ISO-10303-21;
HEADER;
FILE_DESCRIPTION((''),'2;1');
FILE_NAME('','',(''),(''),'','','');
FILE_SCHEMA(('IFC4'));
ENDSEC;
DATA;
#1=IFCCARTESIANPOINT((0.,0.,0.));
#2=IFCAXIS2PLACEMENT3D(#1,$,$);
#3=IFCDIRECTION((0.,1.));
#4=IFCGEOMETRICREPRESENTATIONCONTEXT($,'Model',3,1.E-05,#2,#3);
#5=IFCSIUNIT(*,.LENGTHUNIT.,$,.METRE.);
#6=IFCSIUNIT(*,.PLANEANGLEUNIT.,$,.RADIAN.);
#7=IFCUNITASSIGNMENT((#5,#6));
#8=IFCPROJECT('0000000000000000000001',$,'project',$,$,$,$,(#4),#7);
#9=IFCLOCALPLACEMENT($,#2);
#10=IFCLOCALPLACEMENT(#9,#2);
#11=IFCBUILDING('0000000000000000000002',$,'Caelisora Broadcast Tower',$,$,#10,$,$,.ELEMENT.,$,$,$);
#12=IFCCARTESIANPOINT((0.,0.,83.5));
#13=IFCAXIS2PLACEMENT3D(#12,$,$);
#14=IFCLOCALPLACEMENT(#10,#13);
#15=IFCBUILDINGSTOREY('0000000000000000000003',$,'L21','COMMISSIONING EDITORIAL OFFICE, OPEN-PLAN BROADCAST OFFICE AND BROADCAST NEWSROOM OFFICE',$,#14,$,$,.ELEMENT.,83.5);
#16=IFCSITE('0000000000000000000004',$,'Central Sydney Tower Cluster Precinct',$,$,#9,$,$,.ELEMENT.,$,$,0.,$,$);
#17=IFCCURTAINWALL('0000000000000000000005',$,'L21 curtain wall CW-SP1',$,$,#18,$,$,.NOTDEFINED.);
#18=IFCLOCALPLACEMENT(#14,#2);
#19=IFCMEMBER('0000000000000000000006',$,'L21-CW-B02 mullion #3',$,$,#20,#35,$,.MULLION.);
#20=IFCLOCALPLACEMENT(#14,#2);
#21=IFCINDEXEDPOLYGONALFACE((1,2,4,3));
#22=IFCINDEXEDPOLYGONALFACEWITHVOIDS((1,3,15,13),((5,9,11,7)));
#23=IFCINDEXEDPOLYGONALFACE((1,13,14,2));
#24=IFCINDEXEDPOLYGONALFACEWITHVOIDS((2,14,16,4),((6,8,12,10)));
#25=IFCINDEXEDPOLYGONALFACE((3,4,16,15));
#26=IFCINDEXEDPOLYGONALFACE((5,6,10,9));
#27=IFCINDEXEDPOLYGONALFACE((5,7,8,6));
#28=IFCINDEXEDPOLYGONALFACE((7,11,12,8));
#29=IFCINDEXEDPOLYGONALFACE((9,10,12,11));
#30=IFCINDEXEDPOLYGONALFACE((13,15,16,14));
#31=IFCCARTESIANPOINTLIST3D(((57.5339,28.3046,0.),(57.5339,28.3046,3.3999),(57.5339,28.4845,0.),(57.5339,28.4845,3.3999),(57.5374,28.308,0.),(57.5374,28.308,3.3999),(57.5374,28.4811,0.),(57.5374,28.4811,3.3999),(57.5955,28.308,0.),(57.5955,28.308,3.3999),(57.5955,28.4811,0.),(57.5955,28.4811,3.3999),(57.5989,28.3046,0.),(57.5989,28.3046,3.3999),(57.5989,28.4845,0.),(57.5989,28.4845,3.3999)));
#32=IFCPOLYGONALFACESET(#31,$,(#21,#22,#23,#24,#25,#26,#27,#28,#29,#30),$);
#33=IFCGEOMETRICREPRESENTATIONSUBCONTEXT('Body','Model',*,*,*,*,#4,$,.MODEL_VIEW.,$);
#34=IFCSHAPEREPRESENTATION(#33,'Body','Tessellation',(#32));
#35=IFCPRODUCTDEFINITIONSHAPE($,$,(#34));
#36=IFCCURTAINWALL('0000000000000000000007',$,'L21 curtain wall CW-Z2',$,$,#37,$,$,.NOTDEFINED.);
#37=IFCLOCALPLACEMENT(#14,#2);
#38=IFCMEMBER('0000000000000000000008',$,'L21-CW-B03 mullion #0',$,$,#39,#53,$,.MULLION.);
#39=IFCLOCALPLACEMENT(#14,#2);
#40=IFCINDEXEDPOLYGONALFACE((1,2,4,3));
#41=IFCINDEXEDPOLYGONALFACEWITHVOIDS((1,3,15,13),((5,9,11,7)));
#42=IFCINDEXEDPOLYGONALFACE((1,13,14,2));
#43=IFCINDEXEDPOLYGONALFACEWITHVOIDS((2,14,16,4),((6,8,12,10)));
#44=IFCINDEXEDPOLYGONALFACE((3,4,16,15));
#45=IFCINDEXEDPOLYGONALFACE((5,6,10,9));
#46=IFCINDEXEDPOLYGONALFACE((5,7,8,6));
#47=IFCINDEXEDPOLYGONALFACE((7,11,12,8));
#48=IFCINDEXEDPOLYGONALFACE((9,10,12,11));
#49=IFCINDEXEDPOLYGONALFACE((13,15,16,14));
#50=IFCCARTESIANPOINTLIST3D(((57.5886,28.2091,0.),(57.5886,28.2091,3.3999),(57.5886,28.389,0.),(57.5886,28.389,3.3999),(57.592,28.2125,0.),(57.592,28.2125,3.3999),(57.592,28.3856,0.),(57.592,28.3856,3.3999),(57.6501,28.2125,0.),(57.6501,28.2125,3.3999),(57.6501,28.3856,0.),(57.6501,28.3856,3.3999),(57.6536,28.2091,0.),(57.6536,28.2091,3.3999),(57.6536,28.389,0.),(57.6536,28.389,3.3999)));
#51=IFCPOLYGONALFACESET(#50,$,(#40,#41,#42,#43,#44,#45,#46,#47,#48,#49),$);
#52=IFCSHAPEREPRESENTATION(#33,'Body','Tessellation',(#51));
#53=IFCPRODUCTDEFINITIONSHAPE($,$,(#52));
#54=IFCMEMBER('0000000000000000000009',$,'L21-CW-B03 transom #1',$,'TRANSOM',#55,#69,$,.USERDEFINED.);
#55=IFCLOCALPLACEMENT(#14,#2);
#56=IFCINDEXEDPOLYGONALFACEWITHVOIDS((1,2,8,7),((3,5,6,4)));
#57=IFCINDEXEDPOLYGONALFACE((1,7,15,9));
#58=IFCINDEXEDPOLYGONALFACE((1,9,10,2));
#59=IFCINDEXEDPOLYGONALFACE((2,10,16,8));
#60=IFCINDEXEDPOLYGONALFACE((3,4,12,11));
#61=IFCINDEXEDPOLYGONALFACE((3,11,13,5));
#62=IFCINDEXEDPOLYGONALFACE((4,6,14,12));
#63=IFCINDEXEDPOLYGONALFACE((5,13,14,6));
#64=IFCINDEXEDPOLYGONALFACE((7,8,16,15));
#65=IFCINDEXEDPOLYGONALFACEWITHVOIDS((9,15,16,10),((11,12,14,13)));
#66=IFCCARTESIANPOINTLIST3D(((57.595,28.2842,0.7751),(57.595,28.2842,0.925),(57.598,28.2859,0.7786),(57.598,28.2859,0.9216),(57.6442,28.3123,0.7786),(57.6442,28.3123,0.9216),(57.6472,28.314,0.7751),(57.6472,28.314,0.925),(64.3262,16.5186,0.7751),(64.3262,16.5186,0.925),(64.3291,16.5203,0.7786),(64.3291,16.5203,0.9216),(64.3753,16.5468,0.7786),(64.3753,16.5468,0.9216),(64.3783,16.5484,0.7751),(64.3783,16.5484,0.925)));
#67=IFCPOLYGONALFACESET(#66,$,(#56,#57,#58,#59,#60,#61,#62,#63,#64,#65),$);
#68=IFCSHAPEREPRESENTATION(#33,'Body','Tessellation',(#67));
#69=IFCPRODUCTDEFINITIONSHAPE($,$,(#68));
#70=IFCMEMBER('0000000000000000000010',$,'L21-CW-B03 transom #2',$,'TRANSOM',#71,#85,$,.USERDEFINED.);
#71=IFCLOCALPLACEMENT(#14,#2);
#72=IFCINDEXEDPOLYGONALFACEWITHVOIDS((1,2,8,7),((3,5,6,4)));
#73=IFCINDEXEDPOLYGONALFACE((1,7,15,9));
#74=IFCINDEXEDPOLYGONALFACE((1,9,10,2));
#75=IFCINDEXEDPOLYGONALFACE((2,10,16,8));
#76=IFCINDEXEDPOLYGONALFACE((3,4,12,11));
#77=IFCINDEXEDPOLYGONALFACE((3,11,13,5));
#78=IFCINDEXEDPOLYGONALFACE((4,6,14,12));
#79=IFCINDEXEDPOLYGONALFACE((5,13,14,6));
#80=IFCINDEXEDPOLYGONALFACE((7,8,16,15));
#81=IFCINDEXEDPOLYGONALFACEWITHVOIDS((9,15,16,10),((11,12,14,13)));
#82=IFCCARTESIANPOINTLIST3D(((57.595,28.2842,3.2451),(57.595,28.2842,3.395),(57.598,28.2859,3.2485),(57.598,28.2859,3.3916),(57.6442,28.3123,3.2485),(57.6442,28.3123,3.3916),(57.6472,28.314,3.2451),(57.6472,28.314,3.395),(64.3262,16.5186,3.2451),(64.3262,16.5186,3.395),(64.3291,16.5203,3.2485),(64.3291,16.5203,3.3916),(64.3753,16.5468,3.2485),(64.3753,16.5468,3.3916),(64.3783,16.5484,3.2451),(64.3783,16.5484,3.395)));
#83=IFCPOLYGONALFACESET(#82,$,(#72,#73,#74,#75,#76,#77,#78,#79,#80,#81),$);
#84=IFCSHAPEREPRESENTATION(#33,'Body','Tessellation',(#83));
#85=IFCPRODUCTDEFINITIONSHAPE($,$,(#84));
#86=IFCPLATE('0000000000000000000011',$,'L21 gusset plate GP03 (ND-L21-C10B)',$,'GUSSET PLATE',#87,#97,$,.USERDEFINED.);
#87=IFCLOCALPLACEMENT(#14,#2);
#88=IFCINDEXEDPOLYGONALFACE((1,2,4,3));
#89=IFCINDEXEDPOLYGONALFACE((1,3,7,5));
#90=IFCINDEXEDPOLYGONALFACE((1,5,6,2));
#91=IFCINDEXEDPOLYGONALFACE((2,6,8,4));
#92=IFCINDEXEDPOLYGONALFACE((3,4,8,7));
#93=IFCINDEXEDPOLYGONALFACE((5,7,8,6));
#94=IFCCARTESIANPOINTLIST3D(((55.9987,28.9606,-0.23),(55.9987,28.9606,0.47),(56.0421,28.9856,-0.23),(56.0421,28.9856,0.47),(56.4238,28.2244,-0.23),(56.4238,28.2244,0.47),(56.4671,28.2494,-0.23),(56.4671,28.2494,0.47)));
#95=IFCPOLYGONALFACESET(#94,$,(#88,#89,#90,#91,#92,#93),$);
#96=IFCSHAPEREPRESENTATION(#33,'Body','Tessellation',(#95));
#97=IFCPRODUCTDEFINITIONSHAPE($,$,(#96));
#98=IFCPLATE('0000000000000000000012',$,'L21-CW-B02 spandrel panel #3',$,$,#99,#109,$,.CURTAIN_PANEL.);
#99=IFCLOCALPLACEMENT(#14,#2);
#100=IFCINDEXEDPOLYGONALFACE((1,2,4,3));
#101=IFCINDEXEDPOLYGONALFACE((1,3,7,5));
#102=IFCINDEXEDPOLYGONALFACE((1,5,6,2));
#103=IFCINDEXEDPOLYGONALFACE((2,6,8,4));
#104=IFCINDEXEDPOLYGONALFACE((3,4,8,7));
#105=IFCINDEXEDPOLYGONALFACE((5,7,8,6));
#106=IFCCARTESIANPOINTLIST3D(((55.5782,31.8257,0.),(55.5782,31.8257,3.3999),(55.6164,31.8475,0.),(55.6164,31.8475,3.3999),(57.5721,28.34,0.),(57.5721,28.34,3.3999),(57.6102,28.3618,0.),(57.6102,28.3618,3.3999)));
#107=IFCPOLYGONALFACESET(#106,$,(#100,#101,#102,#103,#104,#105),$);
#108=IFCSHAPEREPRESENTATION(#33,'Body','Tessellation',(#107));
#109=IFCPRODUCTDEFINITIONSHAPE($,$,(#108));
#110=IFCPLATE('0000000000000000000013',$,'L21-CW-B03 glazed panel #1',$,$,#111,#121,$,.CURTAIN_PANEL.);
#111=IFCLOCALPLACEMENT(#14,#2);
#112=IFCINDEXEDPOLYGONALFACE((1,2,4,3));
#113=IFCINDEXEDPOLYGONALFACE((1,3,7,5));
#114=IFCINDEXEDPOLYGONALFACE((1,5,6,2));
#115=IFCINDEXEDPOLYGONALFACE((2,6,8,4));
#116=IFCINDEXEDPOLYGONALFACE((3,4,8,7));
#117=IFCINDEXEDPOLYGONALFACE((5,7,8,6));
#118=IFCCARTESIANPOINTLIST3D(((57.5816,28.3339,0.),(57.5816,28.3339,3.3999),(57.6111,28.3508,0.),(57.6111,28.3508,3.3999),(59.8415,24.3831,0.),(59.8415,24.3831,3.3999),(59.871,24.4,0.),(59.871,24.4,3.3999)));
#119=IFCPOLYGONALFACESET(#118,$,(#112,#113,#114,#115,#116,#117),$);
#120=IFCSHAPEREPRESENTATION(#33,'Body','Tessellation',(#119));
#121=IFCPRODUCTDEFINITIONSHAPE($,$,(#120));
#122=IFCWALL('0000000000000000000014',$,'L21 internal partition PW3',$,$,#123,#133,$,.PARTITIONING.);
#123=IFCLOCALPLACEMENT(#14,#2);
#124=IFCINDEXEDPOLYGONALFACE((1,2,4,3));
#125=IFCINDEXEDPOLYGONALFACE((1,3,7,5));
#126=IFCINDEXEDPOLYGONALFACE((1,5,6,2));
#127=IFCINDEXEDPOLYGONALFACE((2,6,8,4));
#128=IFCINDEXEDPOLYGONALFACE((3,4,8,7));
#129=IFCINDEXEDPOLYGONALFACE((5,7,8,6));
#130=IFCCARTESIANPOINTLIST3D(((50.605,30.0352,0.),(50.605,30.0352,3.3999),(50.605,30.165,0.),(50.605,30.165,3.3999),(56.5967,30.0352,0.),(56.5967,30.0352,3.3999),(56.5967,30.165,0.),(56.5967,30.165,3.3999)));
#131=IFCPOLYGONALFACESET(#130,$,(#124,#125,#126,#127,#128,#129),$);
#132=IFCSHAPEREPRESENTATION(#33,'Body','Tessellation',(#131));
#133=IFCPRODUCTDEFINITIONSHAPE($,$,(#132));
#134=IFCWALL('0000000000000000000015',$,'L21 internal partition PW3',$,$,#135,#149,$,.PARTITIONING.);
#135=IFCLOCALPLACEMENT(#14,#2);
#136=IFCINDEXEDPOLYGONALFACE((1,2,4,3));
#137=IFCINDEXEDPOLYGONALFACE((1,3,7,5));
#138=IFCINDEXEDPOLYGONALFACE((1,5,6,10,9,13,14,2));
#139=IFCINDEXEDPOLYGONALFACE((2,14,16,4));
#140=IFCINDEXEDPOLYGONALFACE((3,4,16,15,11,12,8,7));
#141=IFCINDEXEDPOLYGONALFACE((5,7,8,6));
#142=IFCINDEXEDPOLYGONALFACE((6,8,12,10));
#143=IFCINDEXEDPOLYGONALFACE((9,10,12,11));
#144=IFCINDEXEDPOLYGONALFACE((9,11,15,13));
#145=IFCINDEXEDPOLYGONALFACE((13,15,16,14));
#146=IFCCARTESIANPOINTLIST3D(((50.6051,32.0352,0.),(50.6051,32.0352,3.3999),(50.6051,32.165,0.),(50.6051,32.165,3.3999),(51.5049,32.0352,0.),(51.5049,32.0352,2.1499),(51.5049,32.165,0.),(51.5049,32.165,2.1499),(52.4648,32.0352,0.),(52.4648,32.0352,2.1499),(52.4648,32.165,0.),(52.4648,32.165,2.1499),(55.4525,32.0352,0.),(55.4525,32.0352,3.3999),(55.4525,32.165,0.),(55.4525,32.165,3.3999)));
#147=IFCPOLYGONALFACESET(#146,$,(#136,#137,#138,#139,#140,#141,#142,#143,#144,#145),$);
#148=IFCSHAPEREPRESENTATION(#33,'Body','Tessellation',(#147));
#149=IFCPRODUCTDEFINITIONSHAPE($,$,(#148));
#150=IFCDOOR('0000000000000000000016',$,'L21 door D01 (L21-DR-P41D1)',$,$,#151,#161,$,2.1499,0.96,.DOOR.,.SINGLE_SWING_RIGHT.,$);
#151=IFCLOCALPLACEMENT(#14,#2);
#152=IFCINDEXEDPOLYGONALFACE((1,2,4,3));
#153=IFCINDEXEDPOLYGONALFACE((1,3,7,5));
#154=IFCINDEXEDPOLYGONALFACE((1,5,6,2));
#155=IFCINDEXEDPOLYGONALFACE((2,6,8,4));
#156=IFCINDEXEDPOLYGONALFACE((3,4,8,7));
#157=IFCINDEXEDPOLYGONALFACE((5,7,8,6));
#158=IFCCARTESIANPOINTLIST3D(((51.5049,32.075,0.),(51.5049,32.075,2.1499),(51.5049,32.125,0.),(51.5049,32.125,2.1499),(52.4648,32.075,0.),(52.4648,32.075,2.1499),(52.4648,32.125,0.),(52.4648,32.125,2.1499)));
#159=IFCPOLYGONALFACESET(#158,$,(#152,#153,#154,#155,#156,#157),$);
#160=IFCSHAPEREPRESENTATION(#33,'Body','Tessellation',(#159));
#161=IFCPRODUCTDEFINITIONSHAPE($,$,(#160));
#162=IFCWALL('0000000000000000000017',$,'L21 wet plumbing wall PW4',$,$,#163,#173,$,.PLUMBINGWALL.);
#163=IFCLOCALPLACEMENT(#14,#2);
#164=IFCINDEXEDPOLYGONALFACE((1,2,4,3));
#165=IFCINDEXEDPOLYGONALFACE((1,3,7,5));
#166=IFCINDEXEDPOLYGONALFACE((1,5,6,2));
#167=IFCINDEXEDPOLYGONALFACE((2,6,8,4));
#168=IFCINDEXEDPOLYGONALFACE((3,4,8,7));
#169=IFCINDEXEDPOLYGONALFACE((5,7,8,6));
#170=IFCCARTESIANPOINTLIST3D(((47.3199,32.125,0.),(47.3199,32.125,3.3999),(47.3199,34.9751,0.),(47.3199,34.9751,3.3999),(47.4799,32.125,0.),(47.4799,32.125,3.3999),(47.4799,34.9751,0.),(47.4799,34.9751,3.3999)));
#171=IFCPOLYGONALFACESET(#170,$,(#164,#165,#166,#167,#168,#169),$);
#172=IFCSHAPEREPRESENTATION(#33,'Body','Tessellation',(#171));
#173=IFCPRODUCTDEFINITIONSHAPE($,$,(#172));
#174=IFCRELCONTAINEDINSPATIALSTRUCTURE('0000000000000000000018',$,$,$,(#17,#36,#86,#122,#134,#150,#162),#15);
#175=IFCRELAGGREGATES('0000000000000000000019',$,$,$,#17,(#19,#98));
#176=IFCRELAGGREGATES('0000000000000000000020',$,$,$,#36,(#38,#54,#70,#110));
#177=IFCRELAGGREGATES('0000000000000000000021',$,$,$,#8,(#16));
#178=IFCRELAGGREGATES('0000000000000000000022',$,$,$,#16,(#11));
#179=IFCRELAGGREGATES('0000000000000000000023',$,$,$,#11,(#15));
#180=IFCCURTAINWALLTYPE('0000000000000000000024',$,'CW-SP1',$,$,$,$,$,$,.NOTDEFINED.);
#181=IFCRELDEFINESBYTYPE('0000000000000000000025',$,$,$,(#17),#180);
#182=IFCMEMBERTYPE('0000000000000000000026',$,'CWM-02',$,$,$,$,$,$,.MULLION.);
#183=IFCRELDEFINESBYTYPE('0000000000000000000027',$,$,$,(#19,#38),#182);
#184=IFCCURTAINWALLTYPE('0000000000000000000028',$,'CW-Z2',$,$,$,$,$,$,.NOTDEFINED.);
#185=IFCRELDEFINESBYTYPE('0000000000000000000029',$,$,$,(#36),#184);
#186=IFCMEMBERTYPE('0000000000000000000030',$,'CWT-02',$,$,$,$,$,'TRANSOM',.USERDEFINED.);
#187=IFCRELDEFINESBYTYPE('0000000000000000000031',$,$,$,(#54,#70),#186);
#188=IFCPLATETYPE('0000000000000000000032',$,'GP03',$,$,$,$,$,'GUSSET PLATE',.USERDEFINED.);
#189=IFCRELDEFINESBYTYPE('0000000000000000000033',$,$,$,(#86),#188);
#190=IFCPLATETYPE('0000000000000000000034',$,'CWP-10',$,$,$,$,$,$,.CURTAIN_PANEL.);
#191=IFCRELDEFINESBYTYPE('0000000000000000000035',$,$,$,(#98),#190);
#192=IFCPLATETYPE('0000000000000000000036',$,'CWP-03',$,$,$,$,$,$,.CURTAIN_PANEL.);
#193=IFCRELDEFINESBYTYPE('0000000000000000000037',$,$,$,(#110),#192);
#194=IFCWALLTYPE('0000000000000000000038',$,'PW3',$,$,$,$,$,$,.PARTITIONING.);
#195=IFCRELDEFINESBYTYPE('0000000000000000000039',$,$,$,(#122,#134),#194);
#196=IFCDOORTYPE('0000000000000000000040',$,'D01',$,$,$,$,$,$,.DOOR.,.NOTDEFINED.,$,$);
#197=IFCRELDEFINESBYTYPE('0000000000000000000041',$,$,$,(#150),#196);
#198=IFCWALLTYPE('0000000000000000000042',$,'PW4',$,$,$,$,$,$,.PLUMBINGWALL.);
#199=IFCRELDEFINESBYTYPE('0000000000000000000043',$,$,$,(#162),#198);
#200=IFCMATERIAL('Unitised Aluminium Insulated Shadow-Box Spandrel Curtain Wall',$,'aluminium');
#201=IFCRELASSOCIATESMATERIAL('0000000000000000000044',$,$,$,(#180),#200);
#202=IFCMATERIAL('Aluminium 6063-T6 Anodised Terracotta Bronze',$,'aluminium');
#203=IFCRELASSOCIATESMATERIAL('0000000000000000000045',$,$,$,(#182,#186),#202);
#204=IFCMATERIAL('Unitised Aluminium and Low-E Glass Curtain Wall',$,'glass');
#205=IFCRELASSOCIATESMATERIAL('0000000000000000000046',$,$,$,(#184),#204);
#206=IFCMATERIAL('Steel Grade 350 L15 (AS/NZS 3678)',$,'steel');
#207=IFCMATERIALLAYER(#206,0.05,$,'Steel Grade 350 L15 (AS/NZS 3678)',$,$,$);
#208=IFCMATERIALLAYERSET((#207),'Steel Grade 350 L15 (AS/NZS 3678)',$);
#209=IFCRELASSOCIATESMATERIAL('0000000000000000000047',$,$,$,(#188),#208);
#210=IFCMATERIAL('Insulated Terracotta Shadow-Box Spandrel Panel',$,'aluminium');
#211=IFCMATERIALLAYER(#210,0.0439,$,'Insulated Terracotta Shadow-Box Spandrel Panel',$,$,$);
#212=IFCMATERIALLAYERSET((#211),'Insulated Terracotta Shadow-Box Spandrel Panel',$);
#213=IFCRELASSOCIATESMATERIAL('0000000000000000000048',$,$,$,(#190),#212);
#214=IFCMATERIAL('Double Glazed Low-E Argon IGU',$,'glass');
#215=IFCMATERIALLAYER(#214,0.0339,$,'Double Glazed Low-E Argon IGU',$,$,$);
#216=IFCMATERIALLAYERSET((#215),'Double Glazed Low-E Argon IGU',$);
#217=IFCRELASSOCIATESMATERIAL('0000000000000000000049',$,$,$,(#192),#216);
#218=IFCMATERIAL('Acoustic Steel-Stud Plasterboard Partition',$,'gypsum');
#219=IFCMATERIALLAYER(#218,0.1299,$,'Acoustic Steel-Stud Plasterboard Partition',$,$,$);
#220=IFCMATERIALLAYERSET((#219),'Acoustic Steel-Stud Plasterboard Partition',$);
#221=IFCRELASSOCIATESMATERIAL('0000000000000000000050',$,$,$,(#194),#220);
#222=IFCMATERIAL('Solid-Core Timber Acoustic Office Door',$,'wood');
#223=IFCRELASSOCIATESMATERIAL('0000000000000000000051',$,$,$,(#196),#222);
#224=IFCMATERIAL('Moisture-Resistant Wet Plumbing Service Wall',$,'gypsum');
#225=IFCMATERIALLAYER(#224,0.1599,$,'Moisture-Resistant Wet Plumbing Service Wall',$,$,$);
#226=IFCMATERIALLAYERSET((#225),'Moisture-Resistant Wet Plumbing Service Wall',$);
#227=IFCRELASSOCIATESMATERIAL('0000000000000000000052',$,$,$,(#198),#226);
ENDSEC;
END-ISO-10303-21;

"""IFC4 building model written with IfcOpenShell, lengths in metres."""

from ifc_helpers import new_model, si_unit, direction, frame, frame_2d, origin, origin_2d, place, context, subcontext, project, spatial, rectangle, hollow_rectangle, extrude, source, transform, mapped, material, layer, layer_set, material_profile, profile_set, type_object, type_shapes, element, fill, aggregate, save


model = new_model("IFC4")

# Units and contexts
model_context = context("Model", 3, precision=1e-05, world=origin(), true_north=direction((0.0, 1.0)))
body_context = subcontext(model_context, "Body", "Model", "MODEL_VIEW")
ifc_project = project(units=[si_unit("LENGTHUNIT", "METRE"), si_unit("PLANEANGLEUNIT", "RADIAN")], contexts=[model_context])

# Site, building, storey
site_placement = place(None, origin())
site = spatial("IfcSite", under=ifc_project, at=site_placement, Name="Central Sydney Tower Cluster Precinct", CompositionType="ELEMENT", RefElevation=0.0)
building_placement = place(site_placement, origin())
building = spatial("IfcBuilding", under=site, at=building_placement, Name="Caelisora Broadcast Tower", CompositionType="ELEMENT")
storey_placement = place(building_placement, frame((0.0, 0.0, 83.5)))
storey = spatial("IfcBuildingStorey", under=building, at=storey_placement, Name="L21", Description="COMMISSIONING EDITORIAL OFFICE, OPEN-PLAN BROADCAST OFFICE AND BROADCAST NEWSROOM OFFICE", CompositionType="ELEMENT", Elevation=83.5)

# Shared definitions
ifc_material_1 = material(Name="Steel Grade 350 L15 (AS/NZS 3678)", Category="steel")

# Curtain walls, members
ifc_material_2 = material(Name="Unitised Aluminium Insulated Shadow-Box Spandrel Curtain Wall", Category="aluminium")
curtain_wall_type_1 = type_object("IfcCurtainWallType", Name="CW-SP1", PredefinedType="NOTDEFINED", material=ifc_material_2)
curtain_wall_1_placement = place(storey_placement, origin())
curtain_wall_1 = element("IfcCurtainWall", 1, at=curtain_wall_1_placement, inside=storey, type_object=curtain_wall_type_1, Name="L21 curtain wall CW-SP1", PredefinedType="NOTDEFINED")
ifc_material_3 = material(Name="Aluminium 6063-T6 Anodised Terracotta Bronze", Category="aluminium")
ifc_material_profile_1 = material_profile(ifc_material_3, hollow_rectangle(XDim=0.0649, YDim=0.1799, WallThickness=0.0034, at=origin_2d()), Name="Aluminium 6063-T6 Anodised Terracotta Bronze")
ifc_profile_set_1 = profile_set([ifc_material_profile_1], Name="Aluminium 6063-T6 Anodised Terracotta Bronze")
member_type_1 = type_object("IfcMemberType", Name="CWM-02", PredefinedType="MULLION", material=ifc_profile_set_1)
shared_shape_1 = source(origin(), body_context, "Body", "SweptSolid", [
    extrude(hollow_rectangle(XDim=0.0649, YDim=0.1799, WallThickness=0.0034, at=origin_2d()), origin(), (0.0, 0.0, 1.0), 3.3999),
])
type_shapes(member_type_1, [shared_shape_1])
member_1_placement = place(storey_placement, frame((57.5664, 28.3945, 0.0), z_axis=(0.0, 0.0, 1.0), x_axis=(1.0, 0.0, 0.0)))
member_1 = element("IfcMember", 2, at=member_1_placement, type_object=member_type_1, Name="L21-CW-B02 mullion #3", PredefinedType="MULLION", context=body_context, shape_type="MappedRepresentation", body=[
    mapped(shared_shape_1, transform((0.0, 0.0, 0.0), scale=1.0)),
])
ifc_material_4 = material(Name="Unitised Aluminium and Low-E Glass Curtain Wall", Category="glass")
curtain_wall_type_2 = type_object("IfcCurtainWallType", Name="CW-Z2", PredefinedType="NOTDEFINED", material=ifc_material_4)
curtain_wall_2_placement = place(storey_placement, origin())
curtain_wall_2 = element("IfcCurtainWall", 3, at=curtain_wall_2_placement, inside=storey, type_object=curtain_wall_type_2, Name="L21 curtain wall CW-Z2", PredefinedType="NOTDEFINED")
member_2_placement = place(storey_placement, frame((57.6211, 28.2991, 0.0), z_axis=(0.0, 0.0, 1.0), x_axis=(1.0, 0.0, 0.0)))
member_2 = element("IfcMember", 4, at=member_2_placement, type_object=member_type_1, Name="L21-CW-B03 mullion #0", PredefinedType="MULLION", context=body_context, shape_type="MappedRepresentation", body=[
    mapped(shared_shape_1, transform((0.0, 0.0, 0.0), scale=1.0)),
])
ifc_material_profile_2 = material_profile(ifc_material_3, hollow_rectangle(XDim=0.0601, YDim=0.1499, WallThickness=0.0034, at=origin_2d()), Name="Aluminium 6063-T6 Anodised Terracotta Bronze")
ifc_profile_set_2 = profile_set([ifc_material_profile_2], Name="Aluminium 6063-T6 Anodised Terracotta Bronze")
member_type_2 = type_object("IfcMemberType", Name="CWT-02", ElementType="TRANSOM", PredefinedType="USERDEFINED", material=ifc_profile_set_2)
shared_shape_2 = source(origin(), body_context, "Body", "SweptSolid", [
    extrude(hollow_rectangle(XDim=0.0601, YDim=0.1499, WallThickness=0.0034, at=origin_2d()), origin(), (0.0, 0.0, 1.0), 13.5549),
])
type_shapes(member_type_2, [shared_shape_2])
member_3_placement = place(storey_placement, frame((57.6211, 28.2991, 0.8501), z_axis=(0.496583, -0.867989, 0.0), x_axis=(0.867989, 0.496583, 0.0)))
member_3 = element("IfcMember", 5, at=member_3_placement, type_object=member_type_2, Name="L21-CW-B03 transom #1", ObjectType="TRANSOM", PredefinedType="USERDEFINED", context=body_context, shape_type="MappedRepresentation", body=[
    mapped(shared_shape_2, transform((0.0, 0.0, 0.0), scale=1.0)),
])
member_4_placement = place(storey_placement, frame((57.6211, 28.2991, 3.3201), z_axis=(0.496583, -0.867989, 0.0), x_axis=(0.867989, 0.496583, 0.0)))
member_4 = element("IfcMember", 6, at=member_4_placement, type_object=member_type_2, Name="L21-CW-B03 transom #2", ObjectType="TRANSOM", PredefinedType="USERDEFINED", context=body_context, shape_type="MappedRepresentation", body=[
    mapped(shared_shape_2, transform((0.0, 0.0, 0.0), scale=1.0)),
])

# Plates
ifc_layer_1 = layer(ifc_material_1, 0.05, Name="Steel Grade 350 L15 (AS/NZS 3678)")
ifc_layer_set_1 = layer_set([ifc_layer_1], Name="Steel Grade 350 L15 (AS/NZS 3678)")
plate_type_1 = type_object("IfcPlateType", Name="GP03", ElementType="GUSSET PLATE", PredefinedType="USERDEFINED", material=ifc_layer_set_1)
shared_shape_3 = source(origin(), body_context, "Body", "SweptSolid", [
    extrude(rectangle(XDim=0.8501, YDim=0.05, at=origin_2d()), origin(), (0.0, 0.0, 1.0), 0.7),
])
type_shapes(plate_type_1, [shared_shape_3])
plate_1_placement = place(storey_placement, frame((56.2329, 28.605, -0.23), z_axis=(0.0, 0.0, 1.0), x_axis=(-0.5, 0.866025, 0.0)))
element("IfcPlate", 7, at=plate_1_placement, inside=storey, type_object=plate_type_1, Name="L21 gusset plate GP03 (ND-L21-C10B)", ObjectType="GUSSET PLATE", PredefinedType="USERDEFINED", context=body_context, shape_type="MappedRepresentation", body=[
    mapped(shared_shape_3, transform((0.0, 0.0, 0.0), scale=1.0)),
])
ifc_material_5 = material(Name="Insulated Terracotta Shadow-Box Spandrel Panel", Category="aluminium")
ifc_layer_2 = layer(ifc_material_5, 0.0439, Name="Insulated Terracotta Shadow-Box Spandrel Panel")
ifc_layer_set_2 = layer_set([ifc_layer_2], Name="Insulated Terracotta Shadow-Box Spandrel Panel")
plate_type_2 = type_object("IfcPlateType", Name="CWP-10", PredefinedType="CURTAIN_PANEL", material=ifc_layer_set_2)
shared_shape_4 = source(origin(), body_context, "Body", "SweptSolid", [
    extrude(rectangle(XDim=4.0156, YDim=0.0439, at=origin_2d()), origin(), (0.0, 0.0, 1.0), 3.3999),
])
type_shapes(plate_type_2, [shared_shape_4])
plate_2_placement = place(storey_placement, frame((56.5942, 30.0938, 0.0), z_axis=(0.0, 0.0, 1.0), x_axis=(0.49652, -0.868026, 0.0)))
plate_2 = element("IfcPlate", 8, at=plate_2_placement, type_object=plate_type_2, Name="L21-CW-B02 spandrel panel #3", PredefinedType="CURTAIN_PANEL", context=body_context, shape_type="MappedRepresentation", body=[
    mapped(shared_shape_4, transform((0.0, 0.0, 0.0), scale=1.0)),
])
aggregate(curtain_wall_1, [member_1, plate_2])
ifc_material_6 = material(Name="Double Glazed Low-E Argon IGU", Category="glass")
ifc_layer_3 = layer(ifc_material_6, 0.0339, Name="Double Glazed Low-E Argon IGU")
ifc_layer_set_3 = layer_set([ifc_layer_3], Name="Double Glazed Low-E Argon IGU")
plate_type_3 = type_object("IfcPlateType", Name="CWP-03", PredefinedType="CURTAIN_PANEL", material=ifc_layer_set_3)
shared_shape_5 = source(origin(), body_context, "Body", "SweptSolid", [
    extrude(rectangle(XDim=4.5515, YDim=0.0339, at=origin_2d()), origin(), (0.0, 0.0, 1.0), 3.3999),
])
type_shapes(plate_type_3, [shared_shape_5])
plate_3_placement = place(storey_placement, frame((58.7263, 26.3669, 0.0), z_axis=(0.0, 0.0, 1.0), x_axis=(0.49652, -0.868026, 0.0)))
plate_3 = element("IfcPlate", 9, at=plate_3_placement, type_object=plate_type_3, Name="L21-CW-B03 glazed panel #1", PredefinedType="CURTAIN_PANEL", context=body_context, shape_type="MappedRepresentation", body=[
    mapped(shared_shape_5, transform((0.0, 0.0, 0.0), scale=1.0)),
])
aggregate(curtain_wall_2, [member_2, member_3, member_4, plate_3])

# Wall
ifc_material_7 = material(Name="Acoustic Steel-Stud Plasterboard Partition", Category="gypsum")
ifc_layer_4 = layer(ifc_material_7, 0.1299, Name="Acoustic Steel-Stud Plasterboard Partition")
ifc_layer_set_4 = layer_set([ifc_layer_4], Name="Acoustic Steel-Stud Plasterboard Partition")
wall_type_1 = type_object("IfcWallType", Name="PW3", PredefinedType="PARTITIONING", material=ifc_layer_set_4)
wall_1_placement = place(storey_placement, frame((50.605, 30.1001, 0.0), z_axis=(0.0, 0.0, 1.0), x_axis=(1.0, 0.0, 0.0)))
element("IfcWall", 10, at=wall_1_placement, inside=storey, type_object=wall_type_1, Name="L21 internal partition PW3", PredefinedType="PARTITIONING", context=body_context, shape_type="SweptSolid", body=[
    extrude(rectangle(XDim=5.9917, YDim=0.1299, at=frame_2d((2.9958, 0.0))), origin(), (0.0, 0.0, 1.0), 3.3999),
])

# Wall, opening, door
wall_2_placement = place(storey_placement, frame((50.605, 32.1001, 0.0), z_axis=(0.0, 0.0, 1.0), x_axis=(1.0, 0.0, 0.0)))
wall_2 = element("IfcWall", 11, at=wall_2_placement, inside=storey, type_object=wall_type_1, Name="L21 internal partition PW3", PredefinedType="PARTITIONING", context=body_context, shape_type="SweptSolid", body=[
    extrude(rectangle(XDim=4.8474, YDim=0.1299, at=frame_2d((2.4238, 0.0))), origin(), (0.0, 0.0, 1.0), 3.3999),
])
opening_placement = place(wall_2_placement, frame((0.8999, 0.0, 0.0)))
opening = element("IfcOpeningElement", 12, at=opening_placement, cuts=wall_2, PredefinedType="OPENING", context=body_context, shape_type="SweptSolid", body=[
    extrude(rectangle(XDim=0.96, YDim=2.1499, at=frame_2d((0.48, 1.075))), frame((0.0, 0.0769, 0.0), z_axis=(0.0, -1.0, 0.0), x_axis=(1.0, 0.0, 0.0)), (0.0, 0.0, 1.0), 0.1538),
])
ifc_material_8 = material(Name="Solid-Core Timber Acoustic Office Door", Category="wood")
door_type = type_object("IfcDoorType", Name="D01", OperationType="NOTDEFINED", PredefinedType="DOOR", material=ifc_material_8)
door_placement = place(opening_placement, origin())
door = element("IfcDoor", 13, at=door_placement, inside=storey, type_object=door_type, Name="L21 door D01 (L21-DR-P41D1)", OperationType="SINGLE_SWING_RIGHT", OverallHeight=2.1499, OverallWidth=0.96, PredefinedType="DOOR", context=body_context, shape_type="SweptSolid", body=[
    extrude(rectangle(XDim=0.96, YDim=2.1499, at=frame_2d((0.48, 1.075))), frame((0.0, 0.0249, 0.0), z_axis=(0.0, -1.0, 0.0), x_axis=(1.0, 0.0, 0.0)), (0.0, 0.0, 1.0), 0.05),
])
fill(opening, door)

# Wall
ifc_material_9 = material(Name="Moisture-Resistant Wet Plumbing Service Wall", Category="gypsum")
ifc_layer_5 = layer(ifc_material_9, 0.1599, Name="Moisture-Resistant Wet Plumbing Service Wall")
ifc_layer_set_5 = layer_set([ifc_layer_5], Name="Moisture-Resistant Wet Plumbing Service Wall")
wall_type_2 = type_object("IfcWallType", Name="PW4", PredefinedType="PLUMBINGWALL", material=ifc_layer_set_5)
wall_3_placement = place(storey_placement, frame((47.3999, 32.125, 0.0), z_axis=(0.0, 0.0, 1.0), x_axis=(0.0, 1.0, 0.0)))
element("IfcWall", 14, at=wall_3_placement, inside=storey, type_object=wall_type_2, Name="L21 wet plumbing wall PW4", PredefinedType="PLUMBINGWALL", context=body_context, shape_type="SweptSolid", body=[
    extrude(rectangle(XDim=2.8501, YDim=0.1599, at=frame_2d((1.425, 0.0))), origin(), (0.0, 0.0, 1.0), 3.3999),
])

save(model, "model.ifc")
